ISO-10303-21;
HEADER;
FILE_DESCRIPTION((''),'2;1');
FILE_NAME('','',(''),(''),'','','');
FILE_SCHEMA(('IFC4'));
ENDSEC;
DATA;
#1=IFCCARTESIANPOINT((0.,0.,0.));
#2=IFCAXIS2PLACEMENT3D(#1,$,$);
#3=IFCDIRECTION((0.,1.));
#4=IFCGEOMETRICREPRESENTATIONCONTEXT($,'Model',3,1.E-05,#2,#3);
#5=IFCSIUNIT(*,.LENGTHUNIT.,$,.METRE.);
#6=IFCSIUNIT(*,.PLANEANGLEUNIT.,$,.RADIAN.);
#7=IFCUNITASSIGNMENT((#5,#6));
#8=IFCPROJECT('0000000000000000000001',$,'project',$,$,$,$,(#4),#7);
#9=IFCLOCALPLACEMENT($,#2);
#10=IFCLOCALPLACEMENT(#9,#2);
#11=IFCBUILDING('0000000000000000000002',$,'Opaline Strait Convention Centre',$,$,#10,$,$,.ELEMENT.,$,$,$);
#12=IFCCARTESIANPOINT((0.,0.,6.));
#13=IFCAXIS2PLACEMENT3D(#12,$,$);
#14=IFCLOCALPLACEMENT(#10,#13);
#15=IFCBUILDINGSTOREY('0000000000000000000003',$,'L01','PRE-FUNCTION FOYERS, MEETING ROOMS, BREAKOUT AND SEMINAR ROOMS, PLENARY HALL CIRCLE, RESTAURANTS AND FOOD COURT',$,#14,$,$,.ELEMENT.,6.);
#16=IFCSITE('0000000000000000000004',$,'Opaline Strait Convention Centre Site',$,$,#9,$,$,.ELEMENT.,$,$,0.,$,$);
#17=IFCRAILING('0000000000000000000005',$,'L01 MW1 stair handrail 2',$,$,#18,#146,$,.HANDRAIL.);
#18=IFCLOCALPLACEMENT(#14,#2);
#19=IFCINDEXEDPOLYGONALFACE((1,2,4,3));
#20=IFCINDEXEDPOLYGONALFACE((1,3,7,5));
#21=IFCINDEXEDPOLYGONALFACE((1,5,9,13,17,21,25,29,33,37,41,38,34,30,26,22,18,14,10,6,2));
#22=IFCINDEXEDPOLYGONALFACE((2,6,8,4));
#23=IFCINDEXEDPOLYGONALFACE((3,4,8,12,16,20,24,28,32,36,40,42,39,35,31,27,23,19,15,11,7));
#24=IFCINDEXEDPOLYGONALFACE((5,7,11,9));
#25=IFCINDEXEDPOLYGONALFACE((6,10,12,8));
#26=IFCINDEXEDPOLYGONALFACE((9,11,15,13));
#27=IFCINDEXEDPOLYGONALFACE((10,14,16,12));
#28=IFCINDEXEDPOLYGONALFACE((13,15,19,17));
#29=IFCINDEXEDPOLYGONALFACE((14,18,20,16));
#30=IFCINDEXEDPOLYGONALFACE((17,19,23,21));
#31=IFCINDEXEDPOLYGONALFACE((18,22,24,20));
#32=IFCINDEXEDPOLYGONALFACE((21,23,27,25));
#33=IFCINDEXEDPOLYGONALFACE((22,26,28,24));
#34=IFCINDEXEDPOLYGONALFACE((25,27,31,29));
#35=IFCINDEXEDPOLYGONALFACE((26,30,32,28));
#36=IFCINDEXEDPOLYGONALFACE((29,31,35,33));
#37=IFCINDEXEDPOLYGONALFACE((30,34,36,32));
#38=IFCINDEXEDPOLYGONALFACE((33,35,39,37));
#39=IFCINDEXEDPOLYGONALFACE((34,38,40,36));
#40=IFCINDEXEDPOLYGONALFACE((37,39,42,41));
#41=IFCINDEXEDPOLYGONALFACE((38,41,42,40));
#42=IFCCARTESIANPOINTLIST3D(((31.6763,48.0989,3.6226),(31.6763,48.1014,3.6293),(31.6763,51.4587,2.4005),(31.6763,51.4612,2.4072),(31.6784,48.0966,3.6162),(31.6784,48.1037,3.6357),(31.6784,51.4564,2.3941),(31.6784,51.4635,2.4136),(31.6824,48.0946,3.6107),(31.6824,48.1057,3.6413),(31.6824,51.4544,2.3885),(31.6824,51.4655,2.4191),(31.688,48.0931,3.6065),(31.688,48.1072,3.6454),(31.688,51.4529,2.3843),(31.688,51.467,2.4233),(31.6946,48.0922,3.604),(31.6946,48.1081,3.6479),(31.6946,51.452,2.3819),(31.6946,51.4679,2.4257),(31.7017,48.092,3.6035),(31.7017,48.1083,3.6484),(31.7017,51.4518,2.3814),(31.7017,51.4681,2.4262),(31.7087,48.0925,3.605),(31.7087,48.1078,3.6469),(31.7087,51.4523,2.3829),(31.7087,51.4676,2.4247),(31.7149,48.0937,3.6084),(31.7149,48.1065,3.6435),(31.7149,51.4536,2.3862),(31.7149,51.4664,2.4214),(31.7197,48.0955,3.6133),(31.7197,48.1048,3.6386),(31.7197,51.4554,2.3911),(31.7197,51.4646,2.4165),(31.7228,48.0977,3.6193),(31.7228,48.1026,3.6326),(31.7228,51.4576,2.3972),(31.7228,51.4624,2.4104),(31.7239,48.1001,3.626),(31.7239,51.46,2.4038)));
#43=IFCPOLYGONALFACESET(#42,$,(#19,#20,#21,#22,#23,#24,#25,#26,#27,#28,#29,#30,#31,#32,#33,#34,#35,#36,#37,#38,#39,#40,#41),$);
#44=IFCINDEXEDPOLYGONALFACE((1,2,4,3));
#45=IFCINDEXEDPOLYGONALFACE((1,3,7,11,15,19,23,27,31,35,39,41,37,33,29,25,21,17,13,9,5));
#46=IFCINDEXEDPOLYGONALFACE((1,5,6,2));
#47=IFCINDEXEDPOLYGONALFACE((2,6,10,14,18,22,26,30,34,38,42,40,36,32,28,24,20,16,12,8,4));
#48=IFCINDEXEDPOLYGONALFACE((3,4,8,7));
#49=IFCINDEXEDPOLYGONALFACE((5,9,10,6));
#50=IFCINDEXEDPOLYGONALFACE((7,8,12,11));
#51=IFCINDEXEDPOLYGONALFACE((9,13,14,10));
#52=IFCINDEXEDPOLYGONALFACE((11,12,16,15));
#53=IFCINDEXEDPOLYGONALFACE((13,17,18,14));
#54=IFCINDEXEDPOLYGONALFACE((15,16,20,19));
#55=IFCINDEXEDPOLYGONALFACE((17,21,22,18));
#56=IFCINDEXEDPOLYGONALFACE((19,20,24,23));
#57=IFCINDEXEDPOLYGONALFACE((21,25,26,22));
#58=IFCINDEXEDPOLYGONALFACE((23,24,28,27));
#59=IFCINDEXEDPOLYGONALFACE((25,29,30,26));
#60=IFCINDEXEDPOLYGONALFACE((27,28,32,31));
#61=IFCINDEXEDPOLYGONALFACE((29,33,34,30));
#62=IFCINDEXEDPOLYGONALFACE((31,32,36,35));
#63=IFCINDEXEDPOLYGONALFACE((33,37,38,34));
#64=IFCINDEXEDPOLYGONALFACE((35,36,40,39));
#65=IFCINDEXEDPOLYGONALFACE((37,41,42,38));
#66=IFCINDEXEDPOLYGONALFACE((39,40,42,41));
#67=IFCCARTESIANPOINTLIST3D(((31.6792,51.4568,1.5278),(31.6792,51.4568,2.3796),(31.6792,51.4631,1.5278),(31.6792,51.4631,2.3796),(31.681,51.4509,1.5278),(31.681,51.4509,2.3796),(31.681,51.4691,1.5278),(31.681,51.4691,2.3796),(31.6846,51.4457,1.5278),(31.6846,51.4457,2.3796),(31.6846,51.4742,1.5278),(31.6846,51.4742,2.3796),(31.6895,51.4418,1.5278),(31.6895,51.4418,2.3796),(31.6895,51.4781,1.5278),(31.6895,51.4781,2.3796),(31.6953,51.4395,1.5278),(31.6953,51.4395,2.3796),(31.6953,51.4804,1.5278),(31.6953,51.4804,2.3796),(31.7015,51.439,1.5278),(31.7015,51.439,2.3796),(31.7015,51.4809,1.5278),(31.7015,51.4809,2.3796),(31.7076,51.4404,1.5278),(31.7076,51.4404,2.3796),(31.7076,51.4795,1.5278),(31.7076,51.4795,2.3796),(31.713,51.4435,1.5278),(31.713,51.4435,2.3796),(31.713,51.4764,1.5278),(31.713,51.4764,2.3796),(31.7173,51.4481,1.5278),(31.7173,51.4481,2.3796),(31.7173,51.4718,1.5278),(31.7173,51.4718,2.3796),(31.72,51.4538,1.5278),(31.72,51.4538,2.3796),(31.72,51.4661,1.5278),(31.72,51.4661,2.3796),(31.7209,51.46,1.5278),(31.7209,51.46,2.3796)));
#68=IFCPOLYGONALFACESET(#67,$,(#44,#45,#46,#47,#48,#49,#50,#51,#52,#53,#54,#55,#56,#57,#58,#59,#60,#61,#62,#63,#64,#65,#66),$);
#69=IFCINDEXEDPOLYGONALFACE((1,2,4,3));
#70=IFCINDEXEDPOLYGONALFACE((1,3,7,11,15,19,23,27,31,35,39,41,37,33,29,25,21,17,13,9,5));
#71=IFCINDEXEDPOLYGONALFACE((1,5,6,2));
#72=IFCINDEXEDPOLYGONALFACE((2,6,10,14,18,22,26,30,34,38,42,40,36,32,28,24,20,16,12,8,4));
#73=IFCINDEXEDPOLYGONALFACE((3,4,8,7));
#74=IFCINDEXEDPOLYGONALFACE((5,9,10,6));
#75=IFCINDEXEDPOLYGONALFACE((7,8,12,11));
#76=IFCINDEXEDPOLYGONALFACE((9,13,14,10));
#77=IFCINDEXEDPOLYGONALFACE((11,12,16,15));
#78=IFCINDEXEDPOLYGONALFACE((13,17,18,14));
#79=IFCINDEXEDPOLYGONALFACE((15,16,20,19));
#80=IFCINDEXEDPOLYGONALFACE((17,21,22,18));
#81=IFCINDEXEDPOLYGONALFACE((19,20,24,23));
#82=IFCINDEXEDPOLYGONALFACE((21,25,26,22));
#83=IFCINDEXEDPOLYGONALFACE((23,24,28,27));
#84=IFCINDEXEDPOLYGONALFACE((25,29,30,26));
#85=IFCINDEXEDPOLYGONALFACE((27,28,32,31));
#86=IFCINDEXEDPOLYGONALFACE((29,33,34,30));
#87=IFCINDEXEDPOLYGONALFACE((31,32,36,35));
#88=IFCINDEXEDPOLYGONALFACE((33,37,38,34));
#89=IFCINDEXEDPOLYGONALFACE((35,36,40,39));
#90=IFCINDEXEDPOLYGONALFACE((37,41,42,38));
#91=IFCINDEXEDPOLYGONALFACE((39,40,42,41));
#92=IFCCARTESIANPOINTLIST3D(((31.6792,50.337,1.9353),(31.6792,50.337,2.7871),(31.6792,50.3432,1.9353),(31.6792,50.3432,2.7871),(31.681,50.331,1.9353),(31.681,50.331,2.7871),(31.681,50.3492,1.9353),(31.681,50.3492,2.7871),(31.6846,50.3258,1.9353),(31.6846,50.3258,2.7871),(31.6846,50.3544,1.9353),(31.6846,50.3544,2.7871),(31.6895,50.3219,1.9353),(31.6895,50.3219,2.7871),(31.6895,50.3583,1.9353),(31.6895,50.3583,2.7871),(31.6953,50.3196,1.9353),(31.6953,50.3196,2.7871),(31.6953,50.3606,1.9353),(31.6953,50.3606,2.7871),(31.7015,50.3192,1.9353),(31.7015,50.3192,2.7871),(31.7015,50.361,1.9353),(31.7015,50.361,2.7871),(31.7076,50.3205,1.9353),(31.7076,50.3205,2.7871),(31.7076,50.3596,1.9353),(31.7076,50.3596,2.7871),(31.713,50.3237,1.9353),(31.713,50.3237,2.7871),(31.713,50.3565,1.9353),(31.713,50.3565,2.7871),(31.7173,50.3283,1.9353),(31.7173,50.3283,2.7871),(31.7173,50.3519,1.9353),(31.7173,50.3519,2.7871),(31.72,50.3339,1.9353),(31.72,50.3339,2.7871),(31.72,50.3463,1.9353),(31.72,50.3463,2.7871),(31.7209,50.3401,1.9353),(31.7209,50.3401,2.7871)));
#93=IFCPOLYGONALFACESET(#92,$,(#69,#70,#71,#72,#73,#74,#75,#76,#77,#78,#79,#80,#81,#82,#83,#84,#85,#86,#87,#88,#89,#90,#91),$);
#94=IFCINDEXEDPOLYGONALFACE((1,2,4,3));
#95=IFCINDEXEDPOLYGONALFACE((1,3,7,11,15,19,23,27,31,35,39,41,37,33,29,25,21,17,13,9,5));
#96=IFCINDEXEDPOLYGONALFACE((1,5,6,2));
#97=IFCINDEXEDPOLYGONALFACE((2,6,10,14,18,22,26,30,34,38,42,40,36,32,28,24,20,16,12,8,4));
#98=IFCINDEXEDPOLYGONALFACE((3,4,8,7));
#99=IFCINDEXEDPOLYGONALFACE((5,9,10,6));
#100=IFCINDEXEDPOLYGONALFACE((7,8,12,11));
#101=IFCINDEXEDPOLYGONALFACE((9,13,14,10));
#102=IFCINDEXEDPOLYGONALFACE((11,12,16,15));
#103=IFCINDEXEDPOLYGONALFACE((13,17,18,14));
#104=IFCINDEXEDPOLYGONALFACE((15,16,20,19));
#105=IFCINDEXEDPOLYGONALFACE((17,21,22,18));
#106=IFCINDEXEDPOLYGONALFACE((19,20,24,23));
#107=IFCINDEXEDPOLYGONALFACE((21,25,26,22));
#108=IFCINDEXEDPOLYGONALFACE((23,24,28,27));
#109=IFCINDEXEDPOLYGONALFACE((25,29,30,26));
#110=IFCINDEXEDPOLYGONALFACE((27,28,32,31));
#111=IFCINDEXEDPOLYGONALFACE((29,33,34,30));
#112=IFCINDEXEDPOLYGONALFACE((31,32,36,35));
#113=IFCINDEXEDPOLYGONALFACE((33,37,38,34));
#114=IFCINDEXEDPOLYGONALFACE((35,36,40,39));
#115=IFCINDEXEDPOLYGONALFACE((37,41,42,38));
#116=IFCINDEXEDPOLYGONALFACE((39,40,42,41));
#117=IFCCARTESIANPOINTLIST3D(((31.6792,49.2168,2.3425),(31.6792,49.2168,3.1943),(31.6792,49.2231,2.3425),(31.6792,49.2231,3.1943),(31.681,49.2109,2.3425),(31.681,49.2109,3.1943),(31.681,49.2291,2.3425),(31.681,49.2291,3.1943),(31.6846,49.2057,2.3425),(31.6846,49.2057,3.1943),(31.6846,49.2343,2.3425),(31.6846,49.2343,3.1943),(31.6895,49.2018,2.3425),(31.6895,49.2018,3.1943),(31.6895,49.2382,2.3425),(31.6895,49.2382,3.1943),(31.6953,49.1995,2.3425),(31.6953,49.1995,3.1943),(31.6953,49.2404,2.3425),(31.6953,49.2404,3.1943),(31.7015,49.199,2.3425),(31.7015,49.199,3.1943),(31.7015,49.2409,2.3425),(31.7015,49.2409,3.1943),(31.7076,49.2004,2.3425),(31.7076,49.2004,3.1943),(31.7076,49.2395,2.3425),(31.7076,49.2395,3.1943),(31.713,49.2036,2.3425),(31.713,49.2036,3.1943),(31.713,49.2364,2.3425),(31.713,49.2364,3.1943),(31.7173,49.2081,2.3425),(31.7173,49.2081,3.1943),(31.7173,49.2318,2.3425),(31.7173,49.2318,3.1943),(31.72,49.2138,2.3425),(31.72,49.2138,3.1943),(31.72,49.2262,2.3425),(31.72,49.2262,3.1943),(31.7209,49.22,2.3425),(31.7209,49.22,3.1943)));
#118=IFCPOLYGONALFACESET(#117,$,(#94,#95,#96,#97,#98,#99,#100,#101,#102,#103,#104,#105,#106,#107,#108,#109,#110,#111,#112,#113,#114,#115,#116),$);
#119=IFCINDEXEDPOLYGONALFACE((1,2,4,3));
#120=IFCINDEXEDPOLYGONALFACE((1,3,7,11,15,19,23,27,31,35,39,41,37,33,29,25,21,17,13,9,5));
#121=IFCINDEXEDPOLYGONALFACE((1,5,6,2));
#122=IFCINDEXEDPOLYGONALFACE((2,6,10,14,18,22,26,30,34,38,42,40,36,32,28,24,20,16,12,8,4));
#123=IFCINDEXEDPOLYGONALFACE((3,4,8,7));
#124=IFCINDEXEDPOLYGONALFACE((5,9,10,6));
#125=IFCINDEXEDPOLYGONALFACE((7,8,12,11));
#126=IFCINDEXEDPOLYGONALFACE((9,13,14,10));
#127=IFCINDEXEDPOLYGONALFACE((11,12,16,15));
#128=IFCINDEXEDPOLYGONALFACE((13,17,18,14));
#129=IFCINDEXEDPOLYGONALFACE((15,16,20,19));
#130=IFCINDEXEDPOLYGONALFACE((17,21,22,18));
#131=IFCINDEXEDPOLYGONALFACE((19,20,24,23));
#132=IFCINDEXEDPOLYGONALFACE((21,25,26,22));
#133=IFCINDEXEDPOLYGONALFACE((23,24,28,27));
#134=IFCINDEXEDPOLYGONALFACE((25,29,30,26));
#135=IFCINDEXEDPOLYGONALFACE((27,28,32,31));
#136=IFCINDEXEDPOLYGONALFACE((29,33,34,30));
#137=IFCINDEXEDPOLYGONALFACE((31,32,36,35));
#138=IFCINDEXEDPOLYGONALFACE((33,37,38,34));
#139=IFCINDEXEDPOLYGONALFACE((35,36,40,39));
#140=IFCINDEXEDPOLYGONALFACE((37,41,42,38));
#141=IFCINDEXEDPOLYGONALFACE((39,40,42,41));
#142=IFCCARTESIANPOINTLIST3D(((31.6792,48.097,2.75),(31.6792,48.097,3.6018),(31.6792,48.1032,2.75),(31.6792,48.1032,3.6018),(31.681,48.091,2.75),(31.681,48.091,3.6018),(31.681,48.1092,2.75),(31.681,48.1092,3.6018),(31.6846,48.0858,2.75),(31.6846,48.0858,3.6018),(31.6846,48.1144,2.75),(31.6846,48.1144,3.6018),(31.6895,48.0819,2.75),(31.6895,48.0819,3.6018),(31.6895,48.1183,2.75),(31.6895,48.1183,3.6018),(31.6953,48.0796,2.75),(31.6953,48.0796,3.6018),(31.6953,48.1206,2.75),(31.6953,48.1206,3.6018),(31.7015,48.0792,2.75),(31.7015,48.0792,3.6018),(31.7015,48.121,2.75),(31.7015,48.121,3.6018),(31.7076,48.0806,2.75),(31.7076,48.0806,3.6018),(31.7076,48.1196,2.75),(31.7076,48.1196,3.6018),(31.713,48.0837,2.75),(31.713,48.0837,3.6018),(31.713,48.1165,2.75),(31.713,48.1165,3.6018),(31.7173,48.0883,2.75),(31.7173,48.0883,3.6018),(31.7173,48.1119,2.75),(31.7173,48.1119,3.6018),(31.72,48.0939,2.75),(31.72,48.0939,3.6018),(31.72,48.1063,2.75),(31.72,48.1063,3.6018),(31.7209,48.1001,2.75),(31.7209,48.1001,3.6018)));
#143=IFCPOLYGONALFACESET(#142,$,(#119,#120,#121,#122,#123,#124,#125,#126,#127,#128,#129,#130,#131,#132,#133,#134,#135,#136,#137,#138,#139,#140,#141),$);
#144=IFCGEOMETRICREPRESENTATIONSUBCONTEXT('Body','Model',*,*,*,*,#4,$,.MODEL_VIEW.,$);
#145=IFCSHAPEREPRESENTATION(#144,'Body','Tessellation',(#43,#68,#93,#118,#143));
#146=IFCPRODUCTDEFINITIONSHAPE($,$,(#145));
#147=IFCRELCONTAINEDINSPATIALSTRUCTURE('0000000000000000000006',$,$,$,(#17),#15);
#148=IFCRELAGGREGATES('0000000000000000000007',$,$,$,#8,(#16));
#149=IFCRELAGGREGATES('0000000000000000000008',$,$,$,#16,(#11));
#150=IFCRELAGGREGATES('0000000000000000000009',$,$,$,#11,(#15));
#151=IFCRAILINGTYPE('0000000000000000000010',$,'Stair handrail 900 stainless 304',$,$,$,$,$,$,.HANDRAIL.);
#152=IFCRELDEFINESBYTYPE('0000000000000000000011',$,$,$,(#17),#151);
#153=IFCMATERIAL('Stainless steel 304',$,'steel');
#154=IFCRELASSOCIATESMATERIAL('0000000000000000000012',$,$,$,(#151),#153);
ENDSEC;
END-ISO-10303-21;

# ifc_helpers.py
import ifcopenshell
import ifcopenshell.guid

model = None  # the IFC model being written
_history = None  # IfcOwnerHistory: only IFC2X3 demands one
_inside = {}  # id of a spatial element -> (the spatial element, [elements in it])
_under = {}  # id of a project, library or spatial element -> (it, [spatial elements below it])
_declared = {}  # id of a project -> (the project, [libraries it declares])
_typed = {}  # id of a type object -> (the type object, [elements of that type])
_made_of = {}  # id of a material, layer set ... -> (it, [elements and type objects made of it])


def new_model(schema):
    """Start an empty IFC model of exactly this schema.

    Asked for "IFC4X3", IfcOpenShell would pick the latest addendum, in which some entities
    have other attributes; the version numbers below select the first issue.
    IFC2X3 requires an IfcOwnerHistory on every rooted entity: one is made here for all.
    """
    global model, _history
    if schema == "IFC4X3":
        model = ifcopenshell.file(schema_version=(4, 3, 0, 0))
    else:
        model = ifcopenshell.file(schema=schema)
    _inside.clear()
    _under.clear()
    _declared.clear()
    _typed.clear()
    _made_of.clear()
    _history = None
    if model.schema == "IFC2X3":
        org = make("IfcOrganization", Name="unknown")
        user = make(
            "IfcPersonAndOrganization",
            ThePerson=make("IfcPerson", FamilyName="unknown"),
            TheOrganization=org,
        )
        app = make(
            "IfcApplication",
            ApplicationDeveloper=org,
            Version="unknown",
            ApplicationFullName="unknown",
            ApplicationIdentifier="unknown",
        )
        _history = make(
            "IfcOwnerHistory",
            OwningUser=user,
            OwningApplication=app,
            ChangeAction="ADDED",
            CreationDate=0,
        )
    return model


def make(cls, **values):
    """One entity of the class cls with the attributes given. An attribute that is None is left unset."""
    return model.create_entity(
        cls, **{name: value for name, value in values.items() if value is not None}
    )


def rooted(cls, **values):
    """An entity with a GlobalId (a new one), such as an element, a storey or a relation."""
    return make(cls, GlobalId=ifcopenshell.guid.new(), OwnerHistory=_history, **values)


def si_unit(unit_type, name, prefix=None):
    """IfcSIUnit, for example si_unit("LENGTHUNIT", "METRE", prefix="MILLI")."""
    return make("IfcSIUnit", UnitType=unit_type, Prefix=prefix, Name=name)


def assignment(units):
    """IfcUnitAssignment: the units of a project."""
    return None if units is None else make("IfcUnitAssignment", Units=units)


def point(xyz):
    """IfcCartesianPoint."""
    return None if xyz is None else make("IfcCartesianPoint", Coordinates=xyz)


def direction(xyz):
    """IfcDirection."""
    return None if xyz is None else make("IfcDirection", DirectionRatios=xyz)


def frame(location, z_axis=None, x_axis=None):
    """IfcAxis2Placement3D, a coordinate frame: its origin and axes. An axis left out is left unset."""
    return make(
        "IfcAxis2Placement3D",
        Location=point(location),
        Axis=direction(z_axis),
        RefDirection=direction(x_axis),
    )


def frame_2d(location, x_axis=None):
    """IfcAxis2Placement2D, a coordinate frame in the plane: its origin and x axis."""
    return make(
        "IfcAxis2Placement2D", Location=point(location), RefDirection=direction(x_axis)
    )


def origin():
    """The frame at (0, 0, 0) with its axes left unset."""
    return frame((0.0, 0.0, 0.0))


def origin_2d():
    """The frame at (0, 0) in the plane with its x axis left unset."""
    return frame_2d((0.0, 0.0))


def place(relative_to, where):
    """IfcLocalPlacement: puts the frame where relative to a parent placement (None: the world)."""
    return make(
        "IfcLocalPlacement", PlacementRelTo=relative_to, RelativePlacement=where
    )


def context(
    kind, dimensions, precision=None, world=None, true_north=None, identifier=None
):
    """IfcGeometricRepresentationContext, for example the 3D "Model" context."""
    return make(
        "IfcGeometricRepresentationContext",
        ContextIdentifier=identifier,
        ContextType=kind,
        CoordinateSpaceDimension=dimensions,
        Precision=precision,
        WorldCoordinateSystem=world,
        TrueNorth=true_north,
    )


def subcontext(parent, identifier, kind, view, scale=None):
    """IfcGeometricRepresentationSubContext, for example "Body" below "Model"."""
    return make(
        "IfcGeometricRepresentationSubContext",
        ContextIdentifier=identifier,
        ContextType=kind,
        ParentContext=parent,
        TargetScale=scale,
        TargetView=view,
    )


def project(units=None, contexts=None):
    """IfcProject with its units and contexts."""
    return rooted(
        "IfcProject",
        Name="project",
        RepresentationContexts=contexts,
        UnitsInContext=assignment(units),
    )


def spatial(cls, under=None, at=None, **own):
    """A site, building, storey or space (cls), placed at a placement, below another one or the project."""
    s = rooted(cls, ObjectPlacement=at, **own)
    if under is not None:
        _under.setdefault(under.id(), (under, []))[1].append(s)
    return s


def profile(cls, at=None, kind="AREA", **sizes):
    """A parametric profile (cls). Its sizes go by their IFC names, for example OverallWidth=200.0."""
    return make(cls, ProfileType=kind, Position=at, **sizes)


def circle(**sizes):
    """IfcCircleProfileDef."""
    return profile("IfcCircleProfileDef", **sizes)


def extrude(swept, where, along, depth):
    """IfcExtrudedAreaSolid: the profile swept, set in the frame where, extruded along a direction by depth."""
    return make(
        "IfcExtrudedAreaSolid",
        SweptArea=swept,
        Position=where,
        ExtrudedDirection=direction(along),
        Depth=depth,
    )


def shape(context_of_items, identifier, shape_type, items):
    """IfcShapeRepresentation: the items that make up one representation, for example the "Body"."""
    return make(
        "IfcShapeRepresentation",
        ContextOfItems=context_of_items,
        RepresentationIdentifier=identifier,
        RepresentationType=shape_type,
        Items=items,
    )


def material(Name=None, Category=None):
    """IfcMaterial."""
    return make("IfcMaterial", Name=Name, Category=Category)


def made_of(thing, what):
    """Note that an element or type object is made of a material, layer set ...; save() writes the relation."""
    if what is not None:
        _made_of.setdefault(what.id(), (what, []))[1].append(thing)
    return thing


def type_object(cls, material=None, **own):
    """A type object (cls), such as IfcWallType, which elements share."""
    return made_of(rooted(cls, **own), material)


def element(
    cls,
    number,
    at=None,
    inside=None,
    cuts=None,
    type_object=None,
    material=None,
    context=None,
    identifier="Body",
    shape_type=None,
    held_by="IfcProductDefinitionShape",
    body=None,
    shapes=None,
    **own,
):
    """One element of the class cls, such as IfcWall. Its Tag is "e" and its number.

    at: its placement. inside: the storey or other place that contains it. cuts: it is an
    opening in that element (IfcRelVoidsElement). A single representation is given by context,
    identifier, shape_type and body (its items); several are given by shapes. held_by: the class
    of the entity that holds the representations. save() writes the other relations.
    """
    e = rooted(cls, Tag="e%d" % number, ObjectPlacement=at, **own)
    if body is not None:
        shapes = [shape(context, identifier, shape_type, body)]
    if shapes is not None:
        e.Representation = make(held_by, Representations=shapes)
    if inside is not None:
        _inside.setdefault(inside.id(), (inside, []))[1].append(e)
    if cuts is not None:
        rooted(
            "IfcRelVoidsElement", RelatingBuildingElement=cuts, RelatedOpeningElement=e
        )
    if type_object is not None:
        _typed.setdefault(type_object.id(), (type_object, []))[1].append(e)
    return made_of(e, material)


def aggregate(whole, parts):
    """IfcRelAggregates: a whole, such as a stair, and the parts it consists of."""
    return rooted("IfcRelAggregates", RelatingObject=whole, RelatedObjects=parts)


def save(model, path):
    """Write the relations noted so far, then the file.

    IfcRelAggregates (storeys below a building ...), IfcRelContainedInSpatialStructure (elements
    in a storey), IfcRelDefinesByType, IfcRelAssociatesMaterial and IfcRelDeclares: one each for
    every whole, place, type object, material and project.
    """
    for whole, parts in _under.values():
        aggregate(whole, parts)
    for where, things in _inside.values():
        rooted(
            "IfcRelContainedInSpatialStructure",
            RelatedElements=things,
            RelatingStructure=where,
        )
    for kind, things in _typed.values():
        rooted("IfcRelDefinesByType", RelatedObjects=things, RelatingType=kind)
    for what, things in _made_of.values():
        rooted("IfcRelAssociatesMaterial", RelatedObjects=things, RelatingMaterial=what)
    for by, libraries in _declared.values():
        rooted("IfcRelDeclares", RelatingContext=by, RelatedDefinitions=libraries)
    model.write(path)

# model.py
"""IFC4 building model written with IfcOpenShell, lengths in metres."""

from ifc_helpers import new_model, si_unit, direction, frame, origin, origin_2d, place, context, subcontext, project, spatial, circle, extrude, material, type_object, element, save


model = new_model("IFC4")

# Units and contexts
model_context = context("Model", 3, precision=1e-05, world=origin(), true_north=direction((0.0, 1.0)))
body_context = subcontext(model_context, "Body", "Model", "MODEL_VIEW")
ifc_project = project(units=[si_unit("LENGTHUNIT", "METRE"), si_unit("PLANEANGLEUNIT", "RADIAN")], contexts=[model_context])

# Site, building, storey
site_placement = place(None, origin())
site = spatial("IfcSite", under=ifc_project, at=site_placement, Name="Opaline Strait Convention Centre Site", CompositionType="ELEMENT", RefElevation=0.0)
building_placement = place(site_placement, origin())
building = spatial("IfcBuilding", under=site, at=building_placement, Name="Opaline Strait Convention Centre", CompositionType="ELEMENT")
storey_placement = place(building_placement, frame((0.0, 0.0, 6.0)))
storey = spatial("IfcBuildingStorey", under=building, at=storey_placement, Name="L01", Description="PRE-FUNCTION FOYERS, MEETING ROOMS, BREAKOUT AND SEMINAR ROOMS, PLENARY HALL CIRCLE, RESTAURANTS AND FOOD COURT", CompositionType="ELEMENT", Elevation=6.0)

# Railing
ifc_material_1 = material(Name="Stainless steel 304", Category="steel")
railing_type_1 = type_object("IfcRailingType", Name="Stair handrail 900 stainless 304", PredefinedType="HANDRAIL", material=ifc_material_1)
for number, where, name in (
    (1, (31.7, 51.46, 1.5278), "L01 MW1 stair handrail 2"),
):
    element("IfcRailing", number, at=place(storey_placement, frame(where)), inside=storey, type_object=railing_type_1, Name=name, PredefinedType="HANDRAIL", context=body_context, shape_type="SweptSolid", body=[
        extrude(circle(Radius=0.0239, at=origin_2d()), frame((0.0, 0.0, 0.876), z_axis=(0.0, -0.939758, 0.341842), x_axis=(1.0, 0.0, 0.0)), (0.0, 0.0, 1.0), 3.5752),
        extrude(circle(Radius=0.021, at=origin_2d()), origin(), (0.0, 0.0, 1.0), 0.8518),
        extrude(circle(Radius=0.021, at=origin_2d()), frame((0.0, -1.1199, 0.4075)), (0.0, 0.0, 1.0), 0.8518),
        extrude(circle(Radius=0.021, at=origin_2d()), frame((0.0, -2.24, 0.8147)), (0.0, 0.0, 1.0), 0.8518),
        extrude(circle(Radius=0.021, at=origin_2d()), frame((0.0, -3.3599, 1.2222)), (0.0, 0.0, 1.0), 0.8518),
    ])

save(model, "model.ifc")
